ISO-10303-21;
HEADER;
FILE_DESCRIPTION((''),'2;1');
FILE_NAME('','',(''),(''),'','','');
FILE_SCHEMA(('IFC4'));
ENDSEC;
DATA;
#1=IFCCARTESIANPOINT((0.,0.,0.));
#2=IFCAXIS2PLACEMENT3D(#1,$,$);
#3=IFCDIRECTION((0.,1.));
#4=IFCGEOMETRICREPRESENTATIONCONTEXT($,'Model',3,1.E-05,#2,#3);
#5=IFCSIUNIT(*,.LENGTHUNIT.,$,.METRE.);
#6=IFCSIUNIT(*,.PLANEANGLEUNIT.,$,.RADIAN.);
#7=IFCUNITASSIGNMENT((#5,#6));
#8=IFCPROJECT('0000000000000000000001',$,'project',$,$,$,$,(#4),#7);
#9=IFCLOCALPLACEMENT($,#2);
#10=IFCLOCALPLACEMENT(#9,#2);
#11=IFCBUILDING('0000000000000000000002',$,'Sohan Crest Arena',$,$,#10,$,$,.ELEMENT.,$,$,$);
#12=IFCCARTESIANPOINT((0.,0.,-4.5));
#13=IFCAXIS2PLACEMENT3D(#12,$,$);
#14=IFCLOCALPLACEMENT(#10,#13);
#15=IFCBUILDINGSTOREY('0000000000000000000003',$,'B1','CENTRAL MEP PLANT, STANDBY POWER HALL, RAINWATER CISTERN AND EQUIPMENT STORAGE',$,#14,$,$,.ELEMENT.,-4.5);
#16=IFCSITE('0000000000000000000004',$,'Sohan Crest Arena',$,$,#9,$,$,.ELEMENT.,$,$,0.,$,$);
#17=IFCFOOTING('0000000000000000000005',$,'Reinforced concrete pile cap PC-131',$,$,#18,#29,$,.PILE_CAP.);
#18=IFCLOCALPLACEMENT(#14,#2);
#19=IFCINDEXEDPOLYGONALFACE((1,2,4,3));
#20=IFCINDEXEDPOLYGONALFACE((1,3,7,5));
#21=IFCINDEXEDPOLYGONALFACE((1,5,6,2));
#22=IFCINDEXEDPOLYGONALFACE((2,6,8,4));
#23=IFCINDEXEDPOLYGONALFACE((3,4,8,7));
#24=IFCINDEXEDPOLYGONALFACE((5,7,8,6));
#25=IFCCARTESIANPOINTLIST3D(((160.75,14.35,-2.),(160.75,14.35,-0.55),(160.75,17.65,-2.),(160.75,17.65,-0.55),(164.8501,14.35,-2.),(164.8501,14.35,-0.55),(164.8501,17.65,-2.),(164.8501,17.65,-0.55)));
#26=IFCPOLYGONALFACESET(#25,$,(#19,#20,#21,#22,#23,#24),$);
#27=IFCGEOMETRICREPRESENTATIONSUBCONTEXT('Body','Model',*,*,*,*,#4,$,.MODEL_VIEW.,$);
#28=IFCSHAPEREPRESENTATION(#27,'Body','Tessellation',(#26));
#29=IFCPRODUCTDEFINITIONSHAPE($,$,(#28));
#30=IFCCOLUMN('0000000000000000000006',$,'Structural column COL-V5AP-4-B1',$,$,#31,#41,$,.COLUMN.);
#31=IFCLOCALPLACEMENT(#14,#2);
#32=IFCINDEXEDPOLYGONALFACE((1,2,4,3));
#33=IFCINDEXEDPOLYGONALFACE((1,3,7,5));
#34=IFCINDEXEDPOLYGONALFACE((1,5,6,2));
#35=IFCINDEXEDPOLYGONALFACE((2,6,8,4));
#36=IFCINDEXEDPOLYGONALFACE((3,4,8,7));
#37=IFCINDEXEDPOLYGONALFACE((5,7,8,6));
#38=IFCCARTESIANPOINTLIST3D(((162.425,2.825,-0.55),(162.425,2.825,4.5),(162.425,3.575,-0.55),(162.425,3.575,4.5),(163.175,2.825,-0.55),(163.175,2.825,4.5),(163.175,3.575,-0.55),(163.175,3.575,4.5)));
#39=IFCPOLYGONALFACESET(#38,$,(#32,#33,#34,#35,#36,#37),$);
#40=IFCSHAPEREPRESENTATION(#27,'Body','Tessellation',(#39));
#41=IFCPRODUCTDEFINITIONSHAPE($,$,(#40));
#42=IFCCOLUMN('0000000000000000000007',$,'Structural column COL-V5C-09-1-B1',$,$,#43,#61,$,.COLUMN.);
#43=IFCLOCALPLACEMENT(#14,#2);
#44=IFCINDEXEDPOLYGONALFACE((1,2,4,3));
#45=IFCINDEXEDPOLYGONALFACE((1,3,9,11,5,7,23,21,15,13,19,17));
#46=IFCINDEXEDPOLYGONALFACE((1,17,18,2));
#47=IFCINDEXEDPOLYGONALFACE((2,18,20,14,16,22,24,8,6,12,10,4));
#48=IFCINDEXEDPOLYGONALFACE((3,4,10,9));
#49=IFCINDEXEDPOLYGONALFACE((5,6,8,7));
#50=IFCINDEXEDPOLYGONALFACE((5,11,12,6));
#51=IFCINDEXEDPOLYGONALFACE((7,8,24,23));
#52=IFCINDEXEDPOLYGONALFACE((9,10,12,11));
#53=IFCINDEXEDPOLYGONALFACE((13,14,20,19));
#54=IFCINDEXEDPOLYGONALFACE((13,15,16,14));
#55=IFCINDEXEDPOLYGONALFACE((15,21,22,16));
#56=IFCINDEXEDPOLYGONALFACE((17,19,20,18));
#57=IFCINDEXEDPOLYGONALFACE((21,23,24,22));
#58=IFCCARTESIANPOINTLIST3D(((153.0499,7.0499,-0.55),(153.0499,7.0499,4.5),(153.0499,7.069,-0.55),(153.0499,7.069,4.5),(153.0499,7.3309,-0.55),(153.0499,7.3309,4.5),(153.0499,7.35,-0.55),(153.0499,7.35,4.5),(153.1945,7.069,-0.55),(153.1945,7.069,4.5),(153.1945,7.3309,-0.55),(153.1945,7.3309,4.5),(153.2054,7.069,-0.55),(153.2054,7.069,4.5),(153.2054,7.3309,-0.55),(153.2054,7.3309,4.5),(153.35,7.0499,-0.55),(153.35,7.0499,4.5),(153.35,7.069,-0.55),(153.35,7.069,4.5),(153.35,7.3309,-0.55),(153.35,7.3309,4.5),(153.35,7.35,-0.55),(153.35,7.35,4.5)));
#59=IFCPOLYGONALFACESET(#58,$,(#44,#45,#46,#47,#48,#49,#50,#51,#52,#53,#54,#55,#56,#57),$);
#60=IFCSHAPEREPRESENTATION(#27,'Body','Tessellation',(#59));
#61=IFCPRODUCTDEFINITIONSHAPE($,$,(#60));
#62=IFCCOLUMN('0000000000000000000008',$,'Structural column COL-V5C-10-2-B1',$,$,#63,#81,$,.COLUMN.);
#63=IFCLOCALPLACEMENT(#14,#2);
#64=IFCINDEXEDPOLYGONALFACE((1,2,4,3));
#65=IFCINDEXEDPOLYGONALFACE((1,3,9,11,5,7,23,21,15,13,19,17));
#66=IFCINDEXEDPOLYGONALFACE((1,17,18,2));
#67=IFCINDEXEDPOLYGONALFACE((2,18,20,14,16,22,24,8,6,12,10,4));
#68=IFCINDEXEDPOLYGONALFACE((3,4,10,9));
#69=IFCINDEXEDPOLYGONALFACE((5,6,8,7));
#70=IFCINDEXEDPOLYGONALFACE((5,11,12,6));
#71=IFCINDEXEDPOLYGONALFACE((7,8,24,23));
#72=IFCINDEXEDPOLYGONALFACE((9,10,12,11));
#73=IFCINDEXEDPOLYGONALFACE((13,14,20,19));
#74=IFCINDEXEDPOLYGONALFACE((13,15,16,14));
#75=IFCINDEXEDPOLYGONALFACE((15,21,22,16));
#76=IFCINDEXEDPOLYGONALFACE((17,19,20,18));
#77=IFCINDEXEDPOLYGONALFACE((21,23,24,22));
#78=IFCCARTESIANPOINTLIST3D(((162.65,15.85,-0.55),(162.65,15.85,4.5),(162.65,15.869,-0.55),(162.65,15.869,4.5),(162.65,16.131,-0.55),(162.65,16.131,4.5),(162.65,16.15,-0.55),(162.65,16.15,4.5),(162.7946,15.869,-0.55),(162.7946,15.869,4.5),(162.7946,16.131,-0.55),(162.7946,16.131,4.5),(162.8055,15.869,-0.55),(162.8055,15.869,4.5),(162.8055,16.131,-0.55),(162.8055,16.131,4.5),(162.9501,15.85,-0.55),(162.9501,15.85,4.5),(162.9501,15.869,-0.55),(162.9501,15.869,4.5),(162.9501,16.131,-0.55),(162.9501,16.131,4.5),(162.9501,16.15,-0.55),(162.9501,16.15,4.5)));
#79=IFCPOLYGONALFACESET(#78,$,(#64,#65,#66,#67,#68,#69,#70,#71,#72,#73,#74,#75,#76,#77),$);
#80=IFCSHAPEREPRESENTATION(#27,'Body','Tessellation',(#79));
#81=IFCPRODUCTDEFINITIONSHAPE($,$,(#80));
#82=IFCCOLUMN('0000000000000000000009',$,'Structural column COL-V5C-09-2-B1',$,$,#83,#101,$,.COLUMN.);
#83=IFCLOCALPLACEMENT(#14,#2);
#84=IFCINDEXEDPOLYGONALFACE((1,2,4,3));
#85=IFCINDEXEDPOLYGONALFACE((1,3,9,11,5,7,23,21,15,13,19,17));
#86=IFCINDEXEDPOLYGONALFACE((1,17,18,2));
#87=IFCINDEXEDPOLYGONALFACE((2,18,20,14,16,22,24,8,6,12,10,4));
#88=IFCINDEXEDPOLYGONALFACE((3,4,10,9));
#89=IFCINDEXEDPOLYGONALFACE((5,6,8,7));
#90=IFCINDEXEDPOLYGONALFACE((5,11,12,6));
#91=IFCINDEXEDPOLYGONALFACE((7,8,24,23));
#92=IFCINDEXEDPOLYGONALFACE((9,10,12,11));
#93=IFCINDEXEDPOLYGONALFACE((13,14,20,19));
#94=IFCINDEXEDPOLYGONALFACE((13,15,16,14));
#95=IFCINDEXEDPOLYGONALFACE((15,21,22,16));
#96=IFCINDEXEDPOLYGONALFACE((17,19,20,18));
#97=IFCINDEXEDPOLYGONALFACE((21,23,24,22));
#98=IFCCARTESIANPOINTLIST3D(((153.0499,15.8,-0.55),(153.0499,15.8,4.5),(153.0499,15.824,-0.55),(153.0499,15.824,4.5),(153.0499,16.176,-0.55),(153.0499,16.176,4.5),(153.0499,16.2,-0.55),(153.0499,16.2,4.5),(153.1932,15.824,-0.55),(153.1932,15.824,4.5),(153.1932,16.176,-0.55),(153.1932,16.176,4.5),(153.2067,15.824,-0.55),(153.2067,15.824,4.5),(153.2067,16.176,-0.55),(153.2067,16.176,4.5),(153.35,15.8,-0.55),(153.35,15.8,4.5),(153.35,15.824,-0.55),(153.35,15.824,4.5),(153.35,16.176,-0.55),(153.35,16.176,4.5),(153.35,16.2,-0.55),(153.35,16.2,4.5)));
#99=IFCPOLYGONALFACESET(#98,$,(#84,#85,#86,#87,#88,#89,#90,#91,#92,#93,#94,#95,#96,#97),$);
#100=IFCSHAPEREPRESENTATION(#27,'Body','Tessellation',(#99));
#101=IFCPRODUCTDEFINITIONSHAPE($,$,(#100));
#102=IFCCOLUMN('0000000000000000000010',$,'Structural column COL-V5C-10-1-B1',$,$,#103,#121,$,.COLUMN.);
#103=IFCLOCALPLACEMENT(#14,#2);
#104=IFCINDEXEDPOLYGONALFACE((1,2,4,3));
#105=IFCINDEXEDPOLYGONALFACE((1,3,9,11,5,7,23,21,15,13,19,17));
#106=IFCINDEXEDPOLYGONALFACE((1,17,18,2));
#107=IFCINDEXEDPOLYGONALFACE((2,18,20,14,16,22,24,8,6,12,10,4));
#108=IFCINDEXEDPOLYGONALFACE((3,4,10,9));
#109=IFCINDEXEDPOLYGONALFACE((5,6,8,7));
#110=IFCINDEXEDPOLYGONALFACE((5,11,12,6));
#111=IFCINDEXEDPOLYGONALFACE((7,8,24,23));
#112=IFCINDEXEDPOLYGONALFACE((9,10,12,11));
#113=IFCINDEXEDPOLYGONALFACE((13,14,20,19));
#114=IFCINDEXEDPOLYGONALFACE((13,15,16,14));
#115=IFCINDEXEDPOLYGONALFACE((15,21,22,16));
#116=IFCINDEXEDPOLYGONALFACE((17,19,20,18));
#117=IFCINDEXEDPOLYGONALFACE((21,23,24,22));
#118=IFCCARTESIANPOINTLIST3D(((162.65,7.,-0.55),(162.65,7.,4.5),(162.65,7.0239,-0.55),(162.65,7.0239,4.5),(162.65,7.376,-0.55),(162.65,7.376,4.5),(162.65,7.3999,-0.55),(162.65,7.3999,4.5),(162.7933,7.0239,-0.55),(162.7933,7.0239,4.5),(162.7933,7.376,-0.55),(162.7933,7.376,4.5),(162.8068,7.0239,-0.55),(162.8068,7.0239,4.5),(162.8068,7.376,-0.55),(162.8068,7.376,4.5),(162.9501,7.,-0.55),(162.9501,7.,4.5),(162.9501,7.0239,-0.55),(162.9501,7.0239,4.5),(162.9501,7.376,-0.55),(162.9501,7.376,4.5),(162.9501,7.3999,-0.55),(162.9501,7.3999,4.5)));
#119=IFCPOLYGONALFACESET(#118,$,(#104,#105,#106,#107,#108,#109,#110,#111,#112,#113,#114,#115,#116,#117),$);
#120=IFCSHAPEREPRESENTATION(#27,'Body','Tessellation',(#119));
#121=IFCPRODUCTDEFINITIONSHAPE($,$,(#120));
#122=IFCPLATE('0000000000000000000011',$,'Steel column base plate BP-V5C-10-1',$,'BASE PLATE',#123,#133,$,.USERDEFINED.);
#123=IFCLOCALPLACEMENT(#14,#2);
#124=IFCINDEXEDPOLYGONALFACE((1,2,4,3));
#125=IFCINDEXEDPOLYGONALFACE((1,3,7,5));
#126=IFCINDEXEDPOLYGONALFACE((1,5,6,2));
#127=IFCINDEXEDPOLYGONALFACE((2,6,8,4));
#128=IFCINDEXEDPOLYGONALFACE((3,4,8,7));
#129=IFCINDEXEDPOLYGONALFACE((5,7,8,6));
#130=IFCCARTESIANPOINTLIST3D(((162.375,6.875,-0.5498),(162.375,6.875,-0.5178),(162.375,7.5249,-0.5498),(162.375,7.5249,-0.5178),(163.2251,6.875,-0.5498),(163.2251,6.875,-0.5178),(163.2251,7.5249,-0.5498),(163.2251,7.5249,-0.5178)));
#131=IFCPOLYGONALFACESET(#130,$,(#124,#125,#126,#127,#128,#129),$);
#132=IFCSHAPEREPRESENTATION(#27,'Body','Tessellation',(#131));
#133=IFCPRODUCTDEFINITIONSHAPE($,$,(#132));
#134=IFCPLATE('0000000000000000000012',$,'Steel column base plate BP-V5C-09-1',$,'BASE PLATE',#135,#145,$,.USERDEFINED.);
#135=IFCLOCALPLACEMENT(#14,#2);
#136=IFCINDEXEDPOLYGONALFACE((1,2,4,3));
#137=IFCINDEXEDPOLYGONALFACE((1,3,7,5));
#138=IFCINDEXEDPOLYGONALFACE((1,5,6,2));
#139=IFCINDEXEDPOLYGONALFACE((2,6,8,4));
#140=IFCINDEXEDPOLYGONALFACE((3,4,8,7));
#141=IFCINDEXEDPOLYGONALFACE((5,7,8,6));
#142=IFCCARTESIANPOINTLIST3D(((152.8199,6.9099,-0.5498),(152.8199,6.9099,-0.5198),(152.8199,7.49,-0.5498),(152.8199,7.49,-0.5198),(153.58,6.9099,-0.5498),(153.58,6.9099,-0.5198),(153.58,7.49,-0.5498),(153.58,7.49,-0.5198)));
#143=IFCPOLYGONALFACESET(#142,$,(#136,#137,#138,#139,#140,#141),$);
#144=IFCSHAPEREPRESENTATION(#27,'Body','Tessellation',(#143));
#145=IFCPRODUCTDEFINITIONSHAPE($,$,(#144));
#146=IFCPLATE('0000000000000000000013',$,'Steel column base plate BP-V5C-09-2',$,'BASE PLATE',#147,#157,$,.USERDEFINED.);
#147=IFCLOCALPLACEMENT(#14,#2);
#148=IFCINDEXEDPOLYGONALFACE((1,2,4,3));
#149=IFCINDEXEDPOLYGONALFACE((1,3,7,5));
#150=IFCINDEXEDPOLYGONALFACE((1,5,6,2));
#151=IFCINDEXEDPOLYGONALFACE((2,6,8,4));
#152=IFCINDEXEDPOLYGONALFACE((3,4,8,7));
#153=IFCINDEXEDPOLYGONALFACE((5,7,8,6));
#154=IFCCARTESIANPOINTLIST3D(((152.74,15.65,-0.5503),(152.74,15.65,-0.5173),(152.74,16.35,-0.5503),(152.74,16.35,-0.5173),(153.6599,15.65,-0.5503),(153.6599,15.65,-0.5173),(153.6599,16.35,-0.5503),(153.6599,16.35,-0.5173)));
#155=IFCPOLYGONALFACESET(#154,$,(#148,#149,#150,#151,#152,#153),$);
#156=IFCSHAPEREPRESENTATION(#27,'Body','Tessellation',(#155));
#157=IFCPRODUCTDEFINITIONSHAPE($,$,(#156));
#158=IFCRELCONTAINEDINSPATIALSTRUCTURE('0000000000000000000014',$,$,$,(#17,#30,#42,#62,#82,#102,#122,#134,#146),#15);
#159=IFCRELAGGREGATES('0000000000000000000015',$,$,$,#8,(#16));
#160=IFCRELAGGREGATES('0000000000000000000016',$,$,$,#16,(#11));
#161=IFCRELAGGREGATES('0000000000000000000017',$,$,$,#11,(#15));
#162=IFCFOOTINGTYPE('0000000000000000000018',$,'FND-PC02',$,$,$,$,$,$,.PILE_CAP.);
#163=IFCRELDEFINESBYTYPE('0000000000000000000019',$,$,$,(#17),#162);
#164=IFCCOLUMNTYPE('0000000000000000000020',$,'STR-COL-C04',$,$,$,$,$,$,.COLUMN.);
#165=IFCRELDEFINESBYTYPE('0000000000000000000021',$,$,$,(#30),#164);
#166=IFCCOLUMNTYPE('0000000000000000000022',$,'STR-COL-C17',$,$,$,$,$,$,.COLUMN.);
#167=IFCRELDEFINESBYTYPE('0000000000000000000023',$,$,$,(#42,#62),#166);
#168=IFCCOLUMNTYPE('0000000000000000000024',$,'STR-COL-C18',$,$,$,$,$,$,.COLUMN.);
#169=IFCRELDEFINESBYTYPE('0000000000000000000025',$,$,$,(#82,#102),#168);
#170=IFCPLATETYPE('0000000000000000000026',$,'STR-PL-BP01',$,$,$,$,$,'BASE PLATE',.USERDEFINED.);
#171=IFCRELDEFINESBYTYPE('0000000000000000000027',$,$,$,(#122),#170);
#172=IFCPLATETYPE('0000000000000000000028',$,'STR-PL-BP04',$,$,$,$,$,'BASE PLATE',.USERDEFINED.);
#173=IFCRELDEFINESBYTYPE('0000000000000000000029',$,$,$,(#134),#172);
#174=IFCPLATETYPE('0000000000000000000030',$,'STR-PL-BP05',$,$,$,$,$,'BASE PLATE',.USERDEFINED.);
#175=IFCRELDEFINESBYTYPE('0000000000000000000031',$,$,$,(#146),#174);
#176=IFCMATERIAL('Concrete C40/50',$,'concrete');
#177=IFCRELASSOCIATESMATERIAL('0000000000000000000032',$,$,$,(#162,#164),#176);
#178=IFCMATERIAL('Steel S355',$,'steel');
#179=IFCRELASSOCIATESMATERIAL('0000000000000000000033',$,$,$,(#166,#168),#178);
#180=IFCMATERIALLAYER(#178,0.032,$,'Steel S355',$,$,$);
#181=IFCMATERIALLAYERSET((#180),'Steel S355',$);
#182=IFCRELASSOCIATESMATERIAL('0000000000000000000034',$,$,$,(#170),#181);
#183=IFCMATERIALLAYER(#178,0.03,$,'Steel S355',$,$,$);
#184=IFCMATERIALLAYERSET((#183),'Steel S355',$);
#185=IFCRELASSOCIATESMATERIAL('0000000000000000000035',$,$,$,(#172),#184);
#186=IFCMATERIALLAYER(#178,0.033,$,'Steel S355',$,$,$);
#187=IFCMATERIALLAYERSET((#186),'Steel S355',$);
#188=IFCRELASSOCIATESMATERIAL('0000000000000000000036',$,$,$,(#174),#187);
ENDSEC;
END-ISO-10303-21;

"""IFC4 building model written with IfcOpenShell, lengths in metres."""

from ifc_helpers import new_model, si_unit, direction, frame, origin, origin_2d, place, context, subcontext, project, spatial, rectangle, i_section, extrude, material, layer, layer_set, material_profile, profile_set, type_object, element, save


model = new_model("IFC4")

# Units and contexts
model_context = context("Model", 3, precision=1e-05, world=origin(), true_north=direction((0.0, 1.0)))
body_context = subcontext(model_context, "Body", "Model", "MODEL_VIEW")
ifc_project = project(units=[si_unit("LENGTHUNIT", "METRE"), si_unit("PLANEANGLEUNIT", "RADIAN")], contexts=[model_context])

# Site, building, storey
site_placement = place(None, origin())
site = spatial("IfcSite", under=ifc_project, at=site_placement, Name="Sohan Crest Arena", CompositionType="ELEMENT", RefElevation=0.0)
building_placement = place(site_placement, origin())
building = spatial("IfcBuilding", under=site, at=building_placement, Name="Sohan Crest Arena", CompositionType="ELEMENT")
storey_placement = place(building_placement, frame((0.0, 0.0, -4.5)))
storey = spatial("IfcBuildingStorey", under=building, at=storey_placement, Name="B1", Description="CENTRAL MEP PLANT, STANDBY POWER HALL, RAINWATER CISTERN AND EQUIPMENT STORAGE", CompositionType="ELEMENT", Elevation=-4.5)

# Shared definitions
ifc_material_1 = material(Name="Concrete C40/50", Category="concrete")

# Footing
footing_type_1 = type_object("IfcFootingType", Name="FND-PC02", PredefinedType="PILE_CAP", material=ifc_material_1)
for number, where, z_axis, x_axis, name in (
    (1, (162.8, 16.0, -2.0), (0.0, 0.0, 1.0), (1.0, 0.0, 0.0), "Reinforced concrete pile cap PC-131"),
):
    element("IfcFooting", number, at=place(storey_placement, frame(where, z_axis=z_axis, x_axis=x_axis)), inside=storey, type_object=footing_type_1, Name=name, PredefinedType="PILE_CAP", context=body_context, shape_type="SweptSolid", body=[
        extrude(rectangle(XDim=4.1001, YDim=3.3, at=origin_2d()), origin(), (0.0, 0.0, 1.0), 1.45),
    ])

# Columns
ifc_material_profile_1 = material_profile(ifc_material_1, rectangle(XDim=0.75, YDim=0.75, at=origin_2d()), Name="RC 750x750")
ifc_profile_set_1 = profile_set([ifc_material_profile_1], Name="Concrete C40/50")
column_type_1 = type_object("IfcColumnType", Name="STR-COL-C04", PredefinedType="COLUMN", material=ifc_profile_set_1)
column_placement = place(storey_placement, frame((162.8, 3.2, -0.55), z_axis=(0.0, 0.0, 1.0), x_axis=(1.0, 0.0, 0.0)))
element("IfcColumn", 2, at=column_placement, inside=storey, type_object=column_type_1, Name="Structural column COL-V5AP-4-B1", PredefinedType="COLUMN", context=body_context, shape_type="SweptSolid", body=[
    extrude(rectangle(XDim=0.75, YDim=0.75, at=origin_2d()), origin(), (0.0, 0.0, 1.0), 5.05),
])
ifc_material_2 = material(Name="Steel S355", Category="steel")
ifc_material_profile_2 = material_profile(ifc_material_2, i_section(OverallWidth=0.3, OverallDepth=0.3, WebThickness=0.011, FlangeThickness=0.019, at=origin_2d()), Name="HEB 300")
ifc_profile_set_2 = profile_set([ifc_material_profile_2], Name="Steel S355")
column_type_2 = type_object("IfcColumnType", Name="STR-COL-C17", PredefinedType="COLUMN", material=ifc_profile_set_2)
for number, where, z_axis, x_axis, name in (
    (3, (153.2, 7.2, -0.55), (0.0, 0.0, 1.0), (1.0, 0.0, 0.0), "Structural column COL-V5C-09-1-B1"),
    (4, (162.8, 16.0, -0.55), (0.0, 0.0, 1.0), (1.0, 0.0, 0.0), "Structural column COL-V5C-10-2-B1"),
):
    element("IfcColumn", number, at=place(storey_placement, frame(where, z_axis=z_axis, x_axis=x_axis)), inside=storey, type_object=column_type_2, Name=name, PredefinedType="COLUMN", context=body_context, shape_type="SweptSolid", body=[
        extrude(i_section(OverallWidth=0.3, OverallDepth=0.3, WebThickness=0.011, FlangeThickness=0.019, at=origin_2d()), origin(), (0.0, 0.0, 1.0), 5.05),
    ])
ifc_material_profile_3 = material_profile(ifc_material_2, i_section(OverallWidth=0.3, OverallDepth=0.3999, WebThickness=0.0134, FlangeThickness=0.0239, at=origin_2d()), Name="HEB 400")
ifc_profile_set_3 = profile_set([ifc_material_profile_3], Name="Steel S355")
column_type_3 = type_object("IfcColumnType", Name="STR-COL-C18", PredefinedType="COLUMN", material=ifc_profile_set_3)
for number, where, z_axis, x_axis, name in (
    (5, (153.2, 16.0, -0.55), (0.0, 0.0, 1.0), (1.0, 0.0, 0.0), "Structural column COL-V5C-09-2-B1"),
    (6, (162.8, 7.2, -0.55), (0.0, 0.0, 1.0), (1.0, 0.0, 0.0), "Structural column COL-V5C-10-1-B1"),
):
    element("IfcColumn", number, at=place(storey_placement, frame(where, z_axis=z_axis, x_axis=x_axis)), inside=storey, type_object=column_type_3, Name=name, PredefinedType="COLUMN", context=body_context, shape_type="SweptSolid", body=[
        extrude(i_section(OverallWidth=0.3, OverallDepth=0.3999, WebThickness=0.0134, FlangeThickness=0.0239, at=origin_2d()), origin(), (0.0, 0.0, 1.0), 5.05),
    ])

# Plates
ifc_layer_1 = layer(ifc_material_2, 0.032, Name="Steel S355")
ifc_layer_set_1 = layer_set([ifc_layer_1], Name="Steel S355")
plate_type_1 = type_object("IfcPlateType", Name="STR-PL-BP01", ElementType="BASE PLATE", PredefinedType="USERDEFINED", material=ifc_layer_set_1)
plate_1_placement = place(storey_placement, frame((162.8, 7.2, -0.5498), z_axis=(0.0, 0.0, 1.0), x_axis=(1.0, 0.0, 0.0)))
element("IfcPlate", 7, at=plate_1_placement, inside=storey, type_object=plate_type_1, Name="Steel column base plate BP-V5C-10-1", ObjectType="BASE PLATE", PredefinedType="USERDEFINED", context=body_context, shape_type="SweptSolid", body=[
    extrude(rectangle(XDim=0.8501, YDim=0.6499, at=origin_2d()), origin(), (0.0, 0.0, 1.0), 0.032),
])
ifc_layer_2 = layer(ifc_material_2, 0.03, Name="Steel S355")
ifc_layer_set_2 = layer_set([ifc_layer_2], Name="Steel S355")
plate_type_2 = type_object("IfcPlateType", Name="STR-PL-BP04", ElementType="BASE PLATE", PredefinedType="USERDEFINED", material=ifc_layer_set_2)
plate_2_placement = place(storey_placement, frame((153.2, 7.2, -0.5498), z_axis=(0.0, 0.0, 1.0), x_axis=(1.0, 0.0, 0.0)))
element("IfcPlate", 8, at=plate_2_placement, inside=storey, type_object=plate_type_2, Name="Steel column base plate BP-V5C-09-1", ObjectType="BASE PLATE", PredefinedType="USERDEFINED", context=body_context, shape_type="SweptSolid", body=[
    extrude(rectangle(XDim=0.76, YDim=0.5801, at=origin_2d()), origin(), (0.0, 0.0, 1.0), 0.03),
])
ifc_layer_3 = layer(ifc_material_2, 0.033, Name="Steel S355")
ifc_layer_set_3 = layer_set([ifc_layer_3], Name="Steel S355")
plate_type_3 = type_object("IfcPlateType", Name="STR-PL-BP05", ElementType="BASE PLATE", PredefinedType="USERDEFINED", material=ifc_layer_set_3)
plate_3_placement = place(storey_placement, frame((153.2, 16.0, -0.5503), z_axis=(0.0, 0.0, 1.0), x_axis=(1.0, 0.0, 0.0)))
element("IfcPlate", 9, at=plate_3_placement, inside=storey, type_object=plate_type_3, Name="Steel column base plate BP-V5C-09-2", ObjectType="BASE PLATE", PredefinedType="USERDEFINED", context=body_context, shape_type="SweptSolid", body=[
    extrude(rectangle(XDim=0.9199, YDim=0.7, at=origin_2d()), origin(), (0.0, 0.0, 1.0), 0.033),
])

save(model, "model.ifc")
